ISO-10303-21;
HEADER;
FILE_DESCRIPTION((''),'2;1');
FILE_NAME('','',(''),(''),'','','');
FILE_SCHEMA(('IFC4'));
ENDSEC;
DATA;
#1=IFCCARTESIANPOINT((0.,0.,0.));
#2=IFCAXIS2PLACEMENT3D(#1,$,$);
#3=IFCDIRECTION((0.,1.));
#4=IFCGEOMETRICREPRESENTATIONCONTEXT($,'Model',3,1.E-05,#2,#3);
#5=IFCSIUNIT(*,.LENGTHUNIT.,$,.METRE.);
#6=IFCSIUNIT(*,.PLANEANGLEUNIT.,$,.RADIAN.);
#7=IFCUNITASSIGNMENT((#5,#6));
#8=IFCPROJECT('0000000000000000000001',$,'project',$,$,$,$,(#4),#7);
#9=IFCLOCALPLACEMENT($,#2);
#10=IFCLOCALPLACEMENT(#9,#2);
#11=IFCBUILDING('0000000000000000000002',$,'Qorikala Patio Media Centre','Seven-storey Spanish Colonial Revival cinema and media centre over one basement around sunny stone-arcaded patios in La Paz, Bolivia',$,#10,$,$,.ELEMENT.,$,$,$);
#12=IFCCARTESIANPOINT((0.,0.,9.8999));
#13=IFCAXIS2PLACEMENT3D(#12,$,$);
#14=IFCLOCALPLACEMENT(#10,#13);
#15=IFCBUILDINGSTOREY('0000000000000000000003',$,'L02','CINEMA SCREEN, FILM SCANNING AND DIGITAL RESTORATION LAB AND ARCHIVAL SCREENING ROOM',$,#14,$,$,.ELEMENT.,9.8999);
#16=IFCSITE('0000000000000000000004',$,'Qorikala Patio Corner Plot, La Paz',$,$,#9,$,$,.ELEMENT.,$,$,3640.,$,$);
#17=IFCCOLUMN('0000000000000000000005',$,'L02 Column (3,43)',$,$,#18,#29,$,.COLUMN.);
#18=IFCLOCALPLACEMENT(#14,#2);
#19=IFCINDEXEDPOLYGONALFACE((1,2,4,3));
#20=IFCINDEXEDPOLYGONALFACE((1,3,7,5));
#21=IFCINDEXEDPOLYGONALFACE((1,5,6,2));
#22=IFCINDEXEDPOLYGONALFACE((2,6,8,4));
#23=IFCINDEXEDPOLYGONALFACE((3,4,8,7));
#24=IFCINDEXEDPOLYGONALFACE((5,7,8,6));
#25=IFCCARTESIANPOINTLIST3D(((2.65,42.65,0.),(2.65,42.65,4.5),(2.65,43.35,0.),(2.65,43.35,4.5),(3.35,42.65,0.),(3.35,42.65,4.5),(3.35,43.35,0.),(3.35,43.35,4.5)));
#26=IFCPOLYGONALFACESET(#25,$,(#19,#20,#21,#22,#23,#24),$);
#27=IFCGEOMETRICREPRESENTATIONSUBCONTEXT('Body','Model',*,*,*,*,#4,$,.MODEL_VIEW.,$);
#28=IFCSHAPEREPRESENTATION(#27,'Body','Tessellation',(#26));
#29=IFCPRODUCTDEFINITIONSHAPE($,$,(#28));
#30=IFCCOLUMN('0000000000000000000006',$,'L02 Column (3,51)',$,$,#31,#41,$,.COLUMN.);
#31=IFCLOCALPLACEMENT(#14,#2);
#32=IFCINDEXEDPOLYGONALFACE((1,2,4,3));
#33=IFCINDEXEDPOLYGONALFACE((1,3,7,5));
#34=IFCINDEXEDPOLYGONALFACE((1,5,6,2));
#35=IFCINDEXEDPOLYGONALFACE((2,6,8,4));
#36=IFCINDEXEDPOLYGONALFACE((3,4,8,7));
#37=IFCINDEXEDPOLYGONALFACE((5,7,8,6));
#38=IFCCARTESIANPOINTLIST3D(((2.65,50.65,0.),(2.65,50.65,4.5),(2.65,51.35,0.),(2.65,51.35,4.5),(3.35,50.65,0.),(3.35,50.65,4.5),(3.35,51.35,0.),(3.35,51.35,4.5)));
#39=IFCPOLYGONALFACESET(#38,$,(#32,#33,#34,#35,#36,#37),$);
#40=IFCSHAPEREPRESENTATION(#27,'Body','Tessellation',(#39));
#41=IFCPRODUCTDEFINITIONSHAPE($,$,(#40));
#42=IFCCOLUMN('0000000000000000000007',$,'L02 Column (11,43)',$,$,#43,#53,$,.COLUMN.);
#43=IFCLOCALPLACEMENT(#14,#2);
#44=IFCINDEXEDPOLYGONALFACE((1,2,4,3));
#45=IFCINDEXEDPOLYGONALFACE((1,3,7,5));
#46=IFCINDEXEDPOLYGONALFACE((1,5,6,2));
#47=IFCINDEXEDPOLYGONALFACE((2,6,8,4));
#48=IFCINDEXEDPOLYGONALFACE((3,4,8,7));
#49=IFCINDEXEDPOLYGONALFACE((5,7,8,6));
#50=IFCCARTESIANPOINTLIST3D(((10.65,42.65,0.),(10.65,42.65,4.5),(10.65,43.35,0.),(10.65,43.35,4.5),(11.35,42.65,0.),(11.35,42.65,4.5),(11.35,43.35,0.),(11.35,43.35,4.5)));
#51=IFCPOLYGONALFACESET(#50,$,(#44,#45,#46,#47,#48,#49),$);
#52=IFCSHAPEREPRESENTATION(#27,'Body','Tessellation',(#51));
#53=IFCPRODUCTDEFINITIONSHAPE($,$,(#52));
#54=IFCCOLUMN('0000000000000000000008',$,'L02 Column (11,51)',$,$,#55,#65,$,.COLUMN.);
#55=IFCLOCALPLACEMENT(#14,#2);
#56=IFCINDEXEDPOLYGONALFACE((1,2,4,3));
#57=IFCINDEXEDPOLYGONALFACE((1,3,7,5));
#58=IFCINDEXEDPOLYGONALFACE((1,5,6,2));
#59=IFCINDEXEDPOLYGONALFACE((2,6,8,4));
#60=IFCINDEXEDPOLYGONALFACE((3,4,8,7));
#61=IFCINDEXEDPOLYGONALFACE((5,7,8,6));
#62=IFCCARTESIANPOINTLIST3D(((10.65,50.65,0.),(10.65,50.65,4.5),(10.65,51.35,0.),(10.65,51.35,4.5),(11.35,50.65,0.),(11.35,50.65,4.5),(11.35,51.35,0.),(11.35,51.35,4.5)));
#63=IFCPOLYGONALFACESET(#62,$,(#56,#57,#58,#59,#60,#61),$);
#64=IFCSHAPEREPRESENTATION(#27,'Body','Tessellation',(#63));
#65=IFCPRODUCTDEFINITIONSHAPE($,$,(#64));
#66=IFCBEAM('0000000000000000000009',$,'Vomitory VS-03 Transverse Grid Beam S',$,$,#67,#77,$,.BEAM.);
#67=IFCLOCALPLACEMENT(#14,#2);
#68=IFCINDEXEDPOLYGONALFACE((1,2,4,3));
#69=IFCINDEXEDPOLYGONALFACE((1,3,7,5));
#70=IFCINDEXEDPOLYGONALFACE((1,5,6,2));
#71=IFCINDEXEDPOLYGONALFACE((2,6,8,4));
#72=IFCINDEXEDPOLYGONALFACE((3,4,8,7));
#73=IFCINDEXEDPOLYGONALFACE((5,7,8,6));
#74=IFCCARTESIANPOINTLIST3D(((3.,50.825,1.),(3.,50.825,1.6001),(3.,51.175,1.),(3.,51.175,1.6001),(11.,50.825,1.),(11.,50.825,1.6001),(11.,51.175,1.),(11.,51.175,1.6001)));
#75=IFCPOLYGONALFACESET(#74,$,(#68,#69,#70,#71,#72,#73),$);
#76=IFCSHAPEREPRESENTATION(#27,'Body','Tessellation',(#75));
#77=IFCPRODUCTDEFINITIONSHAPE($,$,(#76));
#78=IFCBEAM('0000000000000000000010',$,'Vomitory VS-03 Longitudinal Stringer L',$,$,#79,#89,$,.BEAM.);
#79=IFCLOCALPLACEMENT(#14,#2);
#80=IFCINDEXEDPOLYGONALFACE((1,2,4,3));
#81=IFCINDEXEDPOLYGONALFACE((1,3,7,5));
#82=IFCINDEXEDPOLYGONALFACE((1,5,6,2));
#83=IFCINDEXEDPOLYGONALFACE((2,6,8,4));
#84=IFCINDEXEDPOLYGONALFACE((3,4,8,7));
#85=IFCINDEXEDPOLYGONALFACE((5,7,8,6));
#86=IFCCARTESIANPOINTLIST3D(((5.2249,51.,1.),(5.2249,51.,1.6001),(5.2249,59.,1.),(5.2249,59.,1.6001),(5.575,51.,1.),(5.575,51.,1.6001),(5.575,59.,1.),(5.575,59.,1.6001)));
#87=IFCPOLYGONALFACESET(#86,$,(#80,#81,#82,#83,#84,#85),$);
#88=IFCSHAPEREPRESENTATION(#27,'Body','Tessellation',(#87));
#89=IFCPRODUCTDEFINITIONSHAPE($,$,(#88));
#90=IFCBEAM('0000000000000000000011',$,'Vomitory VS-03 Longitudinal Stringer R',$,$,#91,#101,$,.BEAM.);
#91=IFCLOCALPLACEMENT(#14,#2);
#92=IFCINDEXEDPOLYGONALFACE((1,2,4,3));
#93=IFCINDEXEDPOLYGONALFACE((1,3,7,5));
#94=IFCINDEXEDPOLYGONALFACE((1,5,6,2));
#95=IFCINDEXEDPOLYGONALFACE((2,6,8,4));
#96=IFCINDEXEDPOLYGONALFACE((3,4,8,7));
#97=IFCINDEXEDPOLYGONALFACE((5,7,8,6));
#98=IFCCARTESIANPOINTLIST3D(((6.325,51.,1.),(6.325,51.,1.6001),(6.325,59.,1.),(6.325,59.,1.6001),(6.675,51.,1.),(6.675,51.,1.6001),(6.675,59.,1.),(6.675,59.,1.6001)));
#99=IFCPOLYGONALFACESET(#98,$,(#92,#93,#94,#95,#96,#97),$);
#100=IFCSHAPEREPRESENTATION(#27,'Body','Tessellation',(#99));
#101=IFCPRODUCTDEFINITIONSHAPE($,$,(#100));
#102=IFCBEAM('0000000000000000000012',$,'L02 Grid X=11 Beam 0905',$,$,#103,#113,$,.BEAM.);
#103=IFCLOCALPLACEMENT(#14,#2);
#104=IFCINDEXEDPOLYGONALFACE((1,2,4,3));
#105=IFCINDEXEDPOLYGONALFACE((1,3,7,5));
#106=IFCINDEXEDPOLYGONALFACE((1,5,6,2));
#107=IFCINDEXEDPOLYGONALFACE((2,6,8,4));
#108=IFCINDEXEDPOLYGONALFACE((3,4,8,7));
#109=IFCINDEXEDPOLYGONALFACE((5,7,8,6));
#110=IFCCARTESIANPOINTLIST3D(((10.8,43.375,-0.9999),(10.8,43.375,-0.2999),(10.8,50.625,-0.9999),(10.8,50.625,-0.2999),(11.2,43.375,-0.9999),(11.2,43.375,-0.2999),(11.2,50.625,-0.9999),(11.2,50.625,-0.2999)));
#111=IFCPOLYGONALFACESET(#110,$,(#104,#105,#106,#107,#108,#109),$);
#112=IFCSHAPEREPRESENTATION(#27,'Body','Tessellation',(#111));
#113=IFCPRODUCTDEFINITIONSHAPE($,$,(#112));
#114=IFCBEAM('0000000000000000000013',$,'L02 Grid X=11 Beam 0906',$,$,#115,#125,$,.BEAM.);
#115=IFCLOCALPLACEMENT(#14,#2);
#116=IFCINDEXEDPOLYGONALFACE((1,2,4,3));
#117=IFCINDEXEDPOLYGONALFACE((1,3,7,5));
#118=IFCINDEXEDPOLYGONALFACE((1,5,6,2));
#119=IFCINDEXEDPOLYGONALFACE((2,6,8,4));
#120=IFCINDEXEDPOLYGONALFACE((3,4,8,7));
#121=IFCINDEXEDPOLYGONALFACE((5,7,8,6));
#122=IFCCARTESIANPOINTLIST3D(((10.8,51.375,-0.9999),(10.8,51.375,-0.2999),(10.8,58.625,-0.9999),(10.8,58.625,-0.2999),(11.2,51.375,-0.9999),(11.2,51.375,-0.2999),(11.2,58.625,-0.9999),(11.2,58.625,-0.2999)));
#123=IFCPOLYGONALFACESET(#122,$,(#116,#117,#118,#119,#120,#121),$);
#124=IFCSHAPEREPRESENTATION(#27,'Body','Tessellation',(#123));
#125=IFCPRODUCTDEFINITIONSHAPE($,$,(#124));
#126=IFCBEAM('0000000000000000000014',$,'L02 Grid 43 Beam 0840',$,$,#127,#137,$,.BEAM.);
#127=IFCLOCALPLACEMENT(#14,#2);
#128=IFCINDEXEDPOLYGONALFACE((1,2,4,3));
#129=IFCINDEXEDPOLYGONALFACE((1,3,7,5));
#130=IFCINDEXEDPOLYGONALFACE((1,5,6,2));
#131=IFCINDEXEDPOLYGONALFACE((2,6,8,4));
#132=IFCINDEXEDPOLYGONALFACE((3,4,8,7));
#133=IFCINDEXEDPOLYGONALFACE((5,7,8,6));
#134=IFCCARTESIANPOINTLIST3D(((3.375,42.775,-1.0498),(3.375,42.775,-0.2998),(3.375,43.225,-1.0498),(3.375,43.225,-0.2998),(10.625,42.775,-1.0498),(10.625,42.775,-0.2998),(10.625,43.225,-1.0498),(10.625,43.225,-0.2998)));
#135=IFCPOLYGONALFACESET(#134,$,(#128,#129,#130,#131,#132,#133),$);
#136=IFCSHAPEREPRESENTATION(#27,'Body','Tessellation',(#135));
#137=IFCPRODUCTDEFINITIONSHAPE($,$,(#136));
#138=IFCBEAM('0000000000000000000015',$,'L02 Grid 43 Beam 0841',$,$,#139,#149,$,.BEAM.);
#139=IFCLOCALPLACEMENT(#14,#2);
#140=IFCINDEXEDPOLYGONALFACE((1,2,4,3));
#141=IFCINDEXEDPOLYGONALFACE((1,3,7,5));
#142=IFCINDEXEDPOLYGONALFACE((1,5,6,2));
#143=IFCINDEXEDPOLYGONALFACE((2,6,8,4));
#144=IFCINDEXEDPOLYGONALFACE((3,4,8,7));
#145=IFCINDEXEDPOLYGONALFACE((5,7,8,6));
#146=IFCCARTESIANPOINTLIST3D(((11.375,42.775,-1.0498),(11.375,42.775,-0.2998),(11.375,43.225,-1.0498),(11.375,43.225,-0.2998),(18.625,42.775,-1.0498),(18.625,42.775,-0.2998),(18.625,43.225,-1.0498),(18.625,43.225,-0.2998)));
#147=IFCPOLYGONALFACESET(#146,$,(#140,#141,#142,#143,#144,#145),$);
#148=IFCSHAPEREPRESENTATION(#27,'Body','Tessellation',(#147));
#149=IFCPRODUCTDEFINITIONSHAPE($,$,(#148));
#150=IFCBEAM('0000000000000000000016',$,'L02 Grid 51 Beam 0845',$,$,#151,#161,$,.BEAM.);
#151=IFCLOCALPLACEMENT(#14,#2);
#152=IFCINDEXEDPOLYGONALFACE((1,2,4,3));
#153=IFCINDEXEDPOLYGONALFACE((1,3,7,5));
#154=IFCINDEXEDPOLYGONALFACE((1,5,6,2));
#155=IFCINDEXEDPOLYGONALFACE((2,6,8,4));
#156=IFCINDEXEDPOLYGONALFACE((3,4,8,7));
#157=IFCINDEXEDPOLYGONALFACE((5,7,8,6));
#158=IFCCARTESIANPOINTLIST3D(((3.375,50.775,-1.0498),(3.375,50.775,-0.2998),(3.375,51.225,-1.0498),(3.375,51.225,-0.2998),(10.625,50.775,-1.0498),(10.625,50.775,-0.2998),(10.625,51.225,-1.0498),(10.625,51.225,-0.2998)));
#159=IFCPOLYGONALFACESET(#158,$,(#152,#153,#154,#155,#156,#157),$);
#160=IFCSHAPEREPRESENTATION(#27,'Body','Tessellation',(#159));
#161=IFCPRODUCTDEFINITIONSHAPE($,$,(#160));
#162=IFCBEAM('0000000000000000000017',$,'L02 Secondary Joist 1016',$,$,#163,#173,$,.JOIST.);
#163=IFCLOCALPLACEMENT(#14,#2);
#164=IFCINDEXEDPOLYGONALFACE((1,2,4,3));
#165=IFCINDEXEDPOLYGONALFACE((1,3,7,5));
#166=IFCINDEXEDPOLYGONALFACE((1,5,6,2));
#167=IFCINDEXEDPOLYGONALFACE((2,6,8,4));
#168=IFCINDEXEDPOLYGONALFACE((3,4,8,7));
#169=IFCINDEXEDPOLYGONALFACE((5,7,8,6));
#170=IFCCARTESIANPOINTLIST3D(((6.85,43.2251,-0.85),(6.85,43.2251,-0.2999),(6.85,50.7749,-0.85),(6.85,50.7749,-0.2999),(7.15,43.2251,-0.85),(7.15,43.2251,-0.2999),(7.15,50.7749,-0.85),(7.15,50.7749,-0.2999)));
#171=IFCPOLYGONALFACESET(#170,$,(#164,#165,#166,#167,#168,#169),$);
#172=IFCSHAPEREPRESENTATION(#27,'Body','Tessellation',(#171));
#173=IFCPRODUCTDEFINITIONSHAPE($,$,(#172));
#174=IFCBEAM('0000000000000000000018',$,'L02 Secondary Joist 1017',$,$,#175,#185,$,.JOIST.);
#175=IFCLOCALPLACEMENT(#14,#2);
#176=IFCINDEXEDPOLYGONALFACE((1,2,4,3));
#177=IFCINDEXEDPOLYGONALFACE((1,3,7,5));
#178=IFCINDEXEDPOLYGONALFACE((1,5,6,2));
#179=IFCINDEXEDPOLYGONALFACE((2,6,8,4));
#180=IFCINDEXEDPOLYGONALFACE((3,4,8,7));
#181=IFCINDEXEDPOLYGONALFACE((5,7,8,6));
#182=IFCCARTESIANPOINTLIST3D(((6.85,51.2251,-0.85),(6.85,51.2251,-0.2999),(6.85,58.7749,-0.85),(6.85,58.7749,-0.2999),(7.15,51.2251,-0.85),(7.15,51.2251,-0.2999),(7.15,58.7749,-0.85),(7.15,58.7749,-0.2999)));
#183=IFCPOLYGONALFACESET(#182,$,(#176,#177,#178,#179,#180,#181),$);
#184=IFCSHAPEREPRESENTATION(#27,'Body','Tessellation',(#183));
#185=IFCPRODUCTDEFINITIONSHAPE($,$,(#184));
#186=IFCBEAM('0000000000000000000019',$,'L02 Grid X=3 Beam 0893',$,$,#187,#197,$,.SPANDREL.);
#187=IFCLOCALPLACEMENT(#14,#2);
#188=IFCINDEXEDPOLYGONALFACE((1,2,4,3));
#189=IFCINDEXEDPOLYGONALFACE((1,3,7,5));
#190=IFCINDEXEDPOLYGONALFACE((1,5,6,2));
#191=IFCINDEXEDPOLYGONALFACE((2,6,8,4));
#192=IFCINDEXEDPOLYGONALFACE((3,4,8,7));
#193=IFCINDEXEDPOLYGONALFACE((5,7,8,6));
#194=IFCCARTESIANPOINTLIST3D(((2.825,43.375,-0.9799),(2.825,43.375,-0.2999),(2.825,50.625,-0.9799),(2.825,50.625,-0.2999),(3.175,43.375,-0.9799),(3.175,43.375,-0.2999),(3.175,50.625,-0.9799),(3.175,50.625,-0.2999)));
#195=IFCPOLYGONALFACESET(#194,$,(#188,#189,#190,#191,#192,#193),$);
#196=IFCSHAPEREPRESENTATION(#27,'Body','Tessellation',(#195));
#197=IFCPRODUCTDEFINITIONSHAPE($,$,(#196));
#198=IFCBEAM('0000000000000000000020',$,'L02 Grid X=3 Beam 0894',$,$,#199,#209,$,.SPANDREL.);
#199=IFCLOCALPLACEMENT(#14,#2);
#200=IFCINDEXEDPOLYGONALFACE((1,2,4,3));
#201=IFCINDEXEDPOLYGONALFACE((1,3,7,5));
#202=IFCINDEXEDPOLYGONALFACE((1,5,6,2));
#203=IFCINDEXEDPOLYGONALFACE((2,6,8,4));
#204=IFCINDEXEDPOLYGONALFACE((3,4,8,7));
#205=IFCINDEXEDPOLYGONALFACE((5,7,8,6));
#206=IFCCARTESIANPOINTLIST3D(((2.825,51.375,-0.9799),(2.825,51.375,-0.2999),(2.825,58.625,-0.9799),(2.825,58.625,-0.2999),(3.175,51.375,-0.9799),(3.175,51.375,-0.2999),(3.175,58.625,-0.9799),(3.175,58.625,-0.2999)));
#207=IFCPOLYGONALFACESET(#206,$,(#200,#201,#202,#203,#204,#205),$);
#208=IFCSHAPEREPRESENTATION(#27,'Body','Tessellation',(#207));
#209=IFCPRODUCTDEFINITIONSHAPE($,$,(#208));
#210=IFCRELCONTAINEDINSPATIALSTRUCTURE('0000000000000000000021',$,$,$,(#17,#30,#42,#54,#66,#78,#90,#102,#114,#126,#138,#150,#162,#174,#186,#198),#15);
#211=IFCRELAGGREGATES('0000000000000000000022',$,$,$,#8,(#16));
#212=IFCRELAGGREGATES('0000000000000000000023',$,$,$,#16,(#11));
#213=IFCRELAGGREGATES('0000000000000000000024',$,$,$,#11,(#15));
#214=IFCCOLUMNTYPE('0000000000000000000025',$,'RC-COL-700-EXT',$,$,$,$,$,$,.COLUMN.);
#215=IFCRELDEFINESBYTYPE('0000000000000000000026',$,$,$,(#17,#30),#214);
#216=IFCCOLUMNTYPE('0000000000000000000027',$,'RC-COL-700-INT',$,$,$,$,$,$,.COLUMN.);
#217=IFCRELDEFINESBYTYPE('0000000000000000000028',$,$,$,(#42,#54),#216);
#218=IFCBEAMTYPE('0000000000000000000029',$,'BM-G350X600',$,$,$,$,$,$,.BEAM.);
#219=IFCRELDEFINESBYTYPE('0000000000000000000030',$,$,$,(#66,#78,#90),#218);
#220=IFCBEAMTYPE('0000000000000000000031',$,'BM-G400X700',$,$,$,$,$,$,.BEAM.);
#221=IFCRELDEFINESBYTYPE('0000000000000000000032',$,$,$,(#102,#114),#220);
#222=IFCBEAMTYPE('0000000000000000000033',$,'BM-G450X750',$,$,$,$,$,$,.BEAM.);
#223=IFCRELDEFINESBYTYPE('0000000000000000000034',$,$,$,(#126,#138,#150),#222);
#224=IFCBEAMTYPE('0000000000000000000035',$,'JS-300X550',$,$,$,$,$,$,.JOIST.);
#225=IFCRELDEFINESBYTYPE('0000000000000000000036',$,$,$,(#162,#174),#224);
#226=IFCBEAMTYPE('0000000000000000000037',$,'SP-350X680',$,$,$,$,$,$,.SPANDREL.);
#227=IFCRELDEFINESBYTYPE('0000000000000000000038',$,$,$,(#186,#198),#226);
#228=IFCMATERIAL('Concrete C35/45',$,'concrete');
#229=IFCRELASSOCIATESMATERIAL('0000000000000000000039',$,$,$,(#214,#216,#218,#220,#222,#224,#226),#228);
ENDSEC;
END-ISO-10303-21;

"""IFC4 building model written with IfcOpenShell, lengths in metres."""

from ifc_helpers import new_model, si_unit, direction, frame, origin, origin_2d, place, context, subcontext, project, spatial, rectangle, extrude, material, material_profile, profile_set, type_object, element, save


model = new_model("IFC4")

# Units and contexts
model_context = context("Model", 3, precision=1e-05, world=origin(), true_north=direction((0.0, 1.0)))
body_context = subcontext(model_context, "Body", "Model", "MODEL_VIEW")
ifc_project = project(units=[si_unit("LENGTHUNIT", "METRE"), si_unit("PLANEANGLEUNIT", "RADIAN")], contexts=[model_context])

# Site, building, storey
site_placement = place(None, origin())
site = spatial("IfcSite", under=ifc_project, at=site_placement, Name="Qorikala Patio Corner Plot, La Paz", CompositionType="ELEMENT", RefElevation=3640.0)
building_placement = place(site_placement, origin())
building = spatial("IfcBuilding", under=site, at=building_placement, Name="Qorikala Patio Media Centre", Description="Seven-storey Spanish Colonial Revival cinema and media centre over one basement around sunny stone-arcaded patios in La Paz, Bolivia", CompositionType="ELEMENT")
storey_placement = place(building_placement, frame((0.0, 0.0, 9.8999)))
storey = spatial("IfcBuildingStorey", under=building, at=storey_placement, Name="L02", Description="CINEMA SCREEN, FILM SCANNING AND DIGITAL RESTORATION LAB AND ARCHIVAL SCREENING ROOM", CompositionType="ELEMENT", Elevation=9.8999)

# Columns
ifc_material_1 = material(Name="Concrete C35/45", Category="concrete")
ifc_material_profile_1 = material_profile(ifc_material_1, rectangle(XDim=0.7, YDim=0.7, at=origin_2d()), Name="RC 700x700")
ifc_profile_set_1 = profile_set([ifc_material_profile_1], Name="Concrete C35/45")
column_type_1 = type_object("IfcColumnType", Name="RC-COL-700-EXT", PredefinedType="COLUMN", material=ifc_profile_set_1)
for number, where, z_axis, x_axis, name in (
    (1, (3.0, 43.0, 0.0), (0.0, 0.0, 1.0), (1.0, 0.0, 0.0), "L02 Column (3,43)"),
    (2, (3.0, 51.0, 0.0), (0.0, 0.0, 1.0), (1.0, 0.0, 0.0), "L02 Column (3,51)"),
):
    element("IfcColumn", number, at=place(storey_placement, frame(where, z_axis=z_axis, x_axis=x_axis)), inside=storey, type_object=column_type_1, Name=name, PredefinedType="COLUMN", context=body_context, shape_type="SweptSolid", body=[
        extrude(rectangle(XDim=0.7, YDim=0.7, at=origin_2d()), origin(), (0.0, 0.0, 1.0), 4.5),
    ])
ifc_material_profile_2 = material_profile(ifc_material_1, rectangle(XDim=0.7, YDim=0.7, at=origin_2d()), Name="RC 700x700")
ifc_profile_set_2 = profile_set([ifc_material_profile_2], Name="Concrete C35/45")
column_type_2 = type_object("IfcColumnType", Name="RC-COL-700-INT", PredefinedType="COLUMN", material=ifc_profile_set_2)
for number, where, z_axis, x_axis, name in (
    (3, (11.0, 43.0, 0.0), (0.0, 0.0, 1.0), (1.0, 0.0, 0.0), "L02 Column (11,43)"),
    (4, (11.0, 51.0, 0.0), (0.0, 0.0, 1.0), (1.0, 0.0, 0.0), "L02 Column (11,51)"),
):
    element("IfcColumn", number, at=place(storey_placement, frame(where, z_axis=z_axis, x_axis=x_axis)), inside=storey, type_object=column_type_2, Name=name, PredefinedType="COLUMN", context=body_context, shape_type="SweptSolid", body=[
        extrude(rectangle(XDim=0.7, YDim=0.7, at=origin_2d()), origin(), (0.0, 0.0, 1.0), 4.5),
    ])

# Beams
ifc_material_profile_3 = material_profile(ifc_material_1, rectangle(XDim=0.3501, YDim=0.6001, at=origin_2d()), Name="RC 350x600")
ifc_profile_set_3 = profile_set([ifc_material_profile_3], Name="Concrete C35/45")
beam_type_1 = type_object("IfcBeamType", Name="BM-G350X600", PredefinedType="BEAM", material=ifc_profile_set_3)
for number, where, z_axis, x_axis, name in (
    (5, (3.0, 51.0, 1.3), (1.0, 0.0, 0.0), (0.0, 1.0, 0.0), "Vomitory VS-03 Transverse Grid Beam S"),
    (6, (5.3999, 51.0, 1.3), (0.0, 1.0, 0.0), (-1.0, 0.0, 0.0), "Vomitory VS-03 Longitudinal Stringer L"),
    (7, (6.5, 51.0, 1.3), (0.0, 1.0, 0.0), (-1.0, 0.0, 0.0), "Vomitory VS-03 Longitudinal Stringer R"),
):
    element("IfcBeam", number, at=place(storey_placement, frame(where, z_axis=z_axis, x_axis=x_axis)), inside=storey, type_object=beam_type_1, Name=name, PredefinedType="BEAM", context=body_context, shape_type="SweptSolid", body=[
        extrude(rectangle(XDim=0.3501, YDim=0.6001, at=origin_2d()), origin(), (0.0, 0.0, 1.0), 8.0),
    ])
ifc_material_profile_4 = material_profile(ifc_material_1, rectangle(XDim=0.3999, YDim=0.7, at=origin_2d()), Name="RC 400x700")
ifc_profile_set_4 = profile_set([ifc_material_profile_4], Name="Concrete C35/45")
beam_type_2 = type_object("IfcBeamType", Name="BM-G400X700", PredefinedType="BEAM", material=ifc_profile_set_4)
for number, where, z_axis, x_axis, name in (
    (8, (11.0, 43.375, -0.6499), (0.0, 1.0, 0.0), (-1.0, 0.0, 0.0), "L02 Grid X=11 Beam 0905"),
    (9, (11.0, 51.375, -0.6499), (0.0, 1.0, 0.0), (-1.0, 0.0, 0.0), "L02 Grid X=11 Beam 0906"),
):
    element("IfcBeam", number, at=place(storey_placement, frame(where, z_axis=z_axis, x_axis=x_axis)), inside=storey, type_object=beam_type_2, Name=name, PredefinedType="BEAM", context=body_context, shape_type="SweptSolid", body=[
        extrude(rectangle(XDim=0.3999, YDim=0.7, at=origin_2d()), origin(), (0.0, 0.0, 1.0), 7.25),
    ])
ifc_material_profile_5 = material_profile(ifc_material_1, rectangle(XDim=0.45, YDim=0.75, at=origin_2d()), Name="RC 450x750")
ifc_profile_set_5 = profile_set([ifc_material_profile_5], Name="Concrete C35/45")
beam_type_3 = type_object("IfcBeamType", Name="BM-G450X750", PredefinedType="BEAM", material=ifc_profile_set_5)
for number, where, z_axis, x_axis, name in (
    (10, (3.375, 43.0, -0.6748), (1.0, 0.0, 0.0), (0.0, 1.0, 0.0), "L02 Grid 43 Beam 0840"),
    (11, (11.375, 43.0, -0.6748), (1.0, 0.0, 0.0), (0.0, 1.0, 0.0), "L02 Grid 43 Beam 0841"),
    (12, (3.375, 51.0, -0.6748), (1.0, 0.0, 0.0), (0.0, 1.0, 0.0), "L02 Grid 51 Beam 0845"),
):
    element("IfcBeam", number, at=place(storey_placement, frame(where, z_axis=z_axis, x_axis=x_axis)), inside=storey, type_object=beam_type_3, Name=name, PredefinedType="BEAM", context=body_context, shape_type="SweptSolid", body=[
        extrude(rectangle(XDim=0.45, YDim=0.75, at=origin_2d()), origin(), (0.0, 0.0, 1.0), 7.25),
    ])
ifc_material_profile_6 = material_profile(ifc_material_1, rectangle(XDim=0.3, YDim=0.55, at=origin_2d()), Name="RC 300x550")
ifc_profile_set_6 = profile_set([ifc_material_profile_6], Name="Concrete C35/45")
beam_type_4 = type_object("IfcBeamType", Name="JS-300X550", PredefinedType="JOIST", material=ifc_profile_set_6)
for number, where, z_axis, x_axis, name in (
    (13, (7.0, 43.2251, -0.575), (0.0, 1.0, 0.0), (-1.0, 0.0, 0.0), "L02 Secondary Joist 1016"),
    (14, (7.0, 51.2251, -0.575), (0.0, 1.0, 0.0), (-1.0, 0.0, 0.0), "L02 Secondary Joist 1017"),
):
    element("IfcBeam", number, at=place(storey_placement, frame(where, z_axis=z_axis, x_axis=x_axis)), inside=storey, type_object=beam_type_4, Name=name, PredefinedType="JOIST", context=body_context, shape_type="SweptSolid", body=[
        extrude(rectangle(XDim=0.3, YDim=0.55, at=origin_2d()), origin(), (0.0, 0.0, 1.0), 7.5498),
    ])
ifc_material_profile_7 = material_profile(ifc_material_1, rectangle(XDim=0.3501, YDim=0.6799, at=origin_2d()), Name="RC 350x680")
ifc_profile_set_7 = profile_set([ifc_material_profile_7], Name="Concrete C35/45")
beam_type_5 = type_object("IfcBeamType", Name="SP-350X680", PredefinedType="SPANDREL", material=ifc_profile_set_7)
for number, where, z_axis, x_axis, name in (
    (15, (3.0, 43.375, -0.6399), (0.0, 1.0, 0.0), (-1.0, 0.0, 0.0), "L02 Grid X=3 Beam 0893"),
    (16, (3.0, 51.375, -0.6399), (0.0, 1.0, 0.0), (-1.0, 0.0, 0.0), "L02 Grid X=3 Beam 0894"),
):
    element("IfcBeam", number, at=place(storey_placement, frame(where, z_axis=z_axis, x_axis=x_axis)), inside=storey, type_object=beam_type_5, Name=name, PredefinedType="SPANDREL", context=body_context, shape_type="SweptSolid", body=[
        extrude(rectangle(XDim=0.3501, YDim=0.6799, at=origin_2d()), origin(), (0.0, 0.0, 1.0), 7.25),
    ])

save(model, "model.ifc")
